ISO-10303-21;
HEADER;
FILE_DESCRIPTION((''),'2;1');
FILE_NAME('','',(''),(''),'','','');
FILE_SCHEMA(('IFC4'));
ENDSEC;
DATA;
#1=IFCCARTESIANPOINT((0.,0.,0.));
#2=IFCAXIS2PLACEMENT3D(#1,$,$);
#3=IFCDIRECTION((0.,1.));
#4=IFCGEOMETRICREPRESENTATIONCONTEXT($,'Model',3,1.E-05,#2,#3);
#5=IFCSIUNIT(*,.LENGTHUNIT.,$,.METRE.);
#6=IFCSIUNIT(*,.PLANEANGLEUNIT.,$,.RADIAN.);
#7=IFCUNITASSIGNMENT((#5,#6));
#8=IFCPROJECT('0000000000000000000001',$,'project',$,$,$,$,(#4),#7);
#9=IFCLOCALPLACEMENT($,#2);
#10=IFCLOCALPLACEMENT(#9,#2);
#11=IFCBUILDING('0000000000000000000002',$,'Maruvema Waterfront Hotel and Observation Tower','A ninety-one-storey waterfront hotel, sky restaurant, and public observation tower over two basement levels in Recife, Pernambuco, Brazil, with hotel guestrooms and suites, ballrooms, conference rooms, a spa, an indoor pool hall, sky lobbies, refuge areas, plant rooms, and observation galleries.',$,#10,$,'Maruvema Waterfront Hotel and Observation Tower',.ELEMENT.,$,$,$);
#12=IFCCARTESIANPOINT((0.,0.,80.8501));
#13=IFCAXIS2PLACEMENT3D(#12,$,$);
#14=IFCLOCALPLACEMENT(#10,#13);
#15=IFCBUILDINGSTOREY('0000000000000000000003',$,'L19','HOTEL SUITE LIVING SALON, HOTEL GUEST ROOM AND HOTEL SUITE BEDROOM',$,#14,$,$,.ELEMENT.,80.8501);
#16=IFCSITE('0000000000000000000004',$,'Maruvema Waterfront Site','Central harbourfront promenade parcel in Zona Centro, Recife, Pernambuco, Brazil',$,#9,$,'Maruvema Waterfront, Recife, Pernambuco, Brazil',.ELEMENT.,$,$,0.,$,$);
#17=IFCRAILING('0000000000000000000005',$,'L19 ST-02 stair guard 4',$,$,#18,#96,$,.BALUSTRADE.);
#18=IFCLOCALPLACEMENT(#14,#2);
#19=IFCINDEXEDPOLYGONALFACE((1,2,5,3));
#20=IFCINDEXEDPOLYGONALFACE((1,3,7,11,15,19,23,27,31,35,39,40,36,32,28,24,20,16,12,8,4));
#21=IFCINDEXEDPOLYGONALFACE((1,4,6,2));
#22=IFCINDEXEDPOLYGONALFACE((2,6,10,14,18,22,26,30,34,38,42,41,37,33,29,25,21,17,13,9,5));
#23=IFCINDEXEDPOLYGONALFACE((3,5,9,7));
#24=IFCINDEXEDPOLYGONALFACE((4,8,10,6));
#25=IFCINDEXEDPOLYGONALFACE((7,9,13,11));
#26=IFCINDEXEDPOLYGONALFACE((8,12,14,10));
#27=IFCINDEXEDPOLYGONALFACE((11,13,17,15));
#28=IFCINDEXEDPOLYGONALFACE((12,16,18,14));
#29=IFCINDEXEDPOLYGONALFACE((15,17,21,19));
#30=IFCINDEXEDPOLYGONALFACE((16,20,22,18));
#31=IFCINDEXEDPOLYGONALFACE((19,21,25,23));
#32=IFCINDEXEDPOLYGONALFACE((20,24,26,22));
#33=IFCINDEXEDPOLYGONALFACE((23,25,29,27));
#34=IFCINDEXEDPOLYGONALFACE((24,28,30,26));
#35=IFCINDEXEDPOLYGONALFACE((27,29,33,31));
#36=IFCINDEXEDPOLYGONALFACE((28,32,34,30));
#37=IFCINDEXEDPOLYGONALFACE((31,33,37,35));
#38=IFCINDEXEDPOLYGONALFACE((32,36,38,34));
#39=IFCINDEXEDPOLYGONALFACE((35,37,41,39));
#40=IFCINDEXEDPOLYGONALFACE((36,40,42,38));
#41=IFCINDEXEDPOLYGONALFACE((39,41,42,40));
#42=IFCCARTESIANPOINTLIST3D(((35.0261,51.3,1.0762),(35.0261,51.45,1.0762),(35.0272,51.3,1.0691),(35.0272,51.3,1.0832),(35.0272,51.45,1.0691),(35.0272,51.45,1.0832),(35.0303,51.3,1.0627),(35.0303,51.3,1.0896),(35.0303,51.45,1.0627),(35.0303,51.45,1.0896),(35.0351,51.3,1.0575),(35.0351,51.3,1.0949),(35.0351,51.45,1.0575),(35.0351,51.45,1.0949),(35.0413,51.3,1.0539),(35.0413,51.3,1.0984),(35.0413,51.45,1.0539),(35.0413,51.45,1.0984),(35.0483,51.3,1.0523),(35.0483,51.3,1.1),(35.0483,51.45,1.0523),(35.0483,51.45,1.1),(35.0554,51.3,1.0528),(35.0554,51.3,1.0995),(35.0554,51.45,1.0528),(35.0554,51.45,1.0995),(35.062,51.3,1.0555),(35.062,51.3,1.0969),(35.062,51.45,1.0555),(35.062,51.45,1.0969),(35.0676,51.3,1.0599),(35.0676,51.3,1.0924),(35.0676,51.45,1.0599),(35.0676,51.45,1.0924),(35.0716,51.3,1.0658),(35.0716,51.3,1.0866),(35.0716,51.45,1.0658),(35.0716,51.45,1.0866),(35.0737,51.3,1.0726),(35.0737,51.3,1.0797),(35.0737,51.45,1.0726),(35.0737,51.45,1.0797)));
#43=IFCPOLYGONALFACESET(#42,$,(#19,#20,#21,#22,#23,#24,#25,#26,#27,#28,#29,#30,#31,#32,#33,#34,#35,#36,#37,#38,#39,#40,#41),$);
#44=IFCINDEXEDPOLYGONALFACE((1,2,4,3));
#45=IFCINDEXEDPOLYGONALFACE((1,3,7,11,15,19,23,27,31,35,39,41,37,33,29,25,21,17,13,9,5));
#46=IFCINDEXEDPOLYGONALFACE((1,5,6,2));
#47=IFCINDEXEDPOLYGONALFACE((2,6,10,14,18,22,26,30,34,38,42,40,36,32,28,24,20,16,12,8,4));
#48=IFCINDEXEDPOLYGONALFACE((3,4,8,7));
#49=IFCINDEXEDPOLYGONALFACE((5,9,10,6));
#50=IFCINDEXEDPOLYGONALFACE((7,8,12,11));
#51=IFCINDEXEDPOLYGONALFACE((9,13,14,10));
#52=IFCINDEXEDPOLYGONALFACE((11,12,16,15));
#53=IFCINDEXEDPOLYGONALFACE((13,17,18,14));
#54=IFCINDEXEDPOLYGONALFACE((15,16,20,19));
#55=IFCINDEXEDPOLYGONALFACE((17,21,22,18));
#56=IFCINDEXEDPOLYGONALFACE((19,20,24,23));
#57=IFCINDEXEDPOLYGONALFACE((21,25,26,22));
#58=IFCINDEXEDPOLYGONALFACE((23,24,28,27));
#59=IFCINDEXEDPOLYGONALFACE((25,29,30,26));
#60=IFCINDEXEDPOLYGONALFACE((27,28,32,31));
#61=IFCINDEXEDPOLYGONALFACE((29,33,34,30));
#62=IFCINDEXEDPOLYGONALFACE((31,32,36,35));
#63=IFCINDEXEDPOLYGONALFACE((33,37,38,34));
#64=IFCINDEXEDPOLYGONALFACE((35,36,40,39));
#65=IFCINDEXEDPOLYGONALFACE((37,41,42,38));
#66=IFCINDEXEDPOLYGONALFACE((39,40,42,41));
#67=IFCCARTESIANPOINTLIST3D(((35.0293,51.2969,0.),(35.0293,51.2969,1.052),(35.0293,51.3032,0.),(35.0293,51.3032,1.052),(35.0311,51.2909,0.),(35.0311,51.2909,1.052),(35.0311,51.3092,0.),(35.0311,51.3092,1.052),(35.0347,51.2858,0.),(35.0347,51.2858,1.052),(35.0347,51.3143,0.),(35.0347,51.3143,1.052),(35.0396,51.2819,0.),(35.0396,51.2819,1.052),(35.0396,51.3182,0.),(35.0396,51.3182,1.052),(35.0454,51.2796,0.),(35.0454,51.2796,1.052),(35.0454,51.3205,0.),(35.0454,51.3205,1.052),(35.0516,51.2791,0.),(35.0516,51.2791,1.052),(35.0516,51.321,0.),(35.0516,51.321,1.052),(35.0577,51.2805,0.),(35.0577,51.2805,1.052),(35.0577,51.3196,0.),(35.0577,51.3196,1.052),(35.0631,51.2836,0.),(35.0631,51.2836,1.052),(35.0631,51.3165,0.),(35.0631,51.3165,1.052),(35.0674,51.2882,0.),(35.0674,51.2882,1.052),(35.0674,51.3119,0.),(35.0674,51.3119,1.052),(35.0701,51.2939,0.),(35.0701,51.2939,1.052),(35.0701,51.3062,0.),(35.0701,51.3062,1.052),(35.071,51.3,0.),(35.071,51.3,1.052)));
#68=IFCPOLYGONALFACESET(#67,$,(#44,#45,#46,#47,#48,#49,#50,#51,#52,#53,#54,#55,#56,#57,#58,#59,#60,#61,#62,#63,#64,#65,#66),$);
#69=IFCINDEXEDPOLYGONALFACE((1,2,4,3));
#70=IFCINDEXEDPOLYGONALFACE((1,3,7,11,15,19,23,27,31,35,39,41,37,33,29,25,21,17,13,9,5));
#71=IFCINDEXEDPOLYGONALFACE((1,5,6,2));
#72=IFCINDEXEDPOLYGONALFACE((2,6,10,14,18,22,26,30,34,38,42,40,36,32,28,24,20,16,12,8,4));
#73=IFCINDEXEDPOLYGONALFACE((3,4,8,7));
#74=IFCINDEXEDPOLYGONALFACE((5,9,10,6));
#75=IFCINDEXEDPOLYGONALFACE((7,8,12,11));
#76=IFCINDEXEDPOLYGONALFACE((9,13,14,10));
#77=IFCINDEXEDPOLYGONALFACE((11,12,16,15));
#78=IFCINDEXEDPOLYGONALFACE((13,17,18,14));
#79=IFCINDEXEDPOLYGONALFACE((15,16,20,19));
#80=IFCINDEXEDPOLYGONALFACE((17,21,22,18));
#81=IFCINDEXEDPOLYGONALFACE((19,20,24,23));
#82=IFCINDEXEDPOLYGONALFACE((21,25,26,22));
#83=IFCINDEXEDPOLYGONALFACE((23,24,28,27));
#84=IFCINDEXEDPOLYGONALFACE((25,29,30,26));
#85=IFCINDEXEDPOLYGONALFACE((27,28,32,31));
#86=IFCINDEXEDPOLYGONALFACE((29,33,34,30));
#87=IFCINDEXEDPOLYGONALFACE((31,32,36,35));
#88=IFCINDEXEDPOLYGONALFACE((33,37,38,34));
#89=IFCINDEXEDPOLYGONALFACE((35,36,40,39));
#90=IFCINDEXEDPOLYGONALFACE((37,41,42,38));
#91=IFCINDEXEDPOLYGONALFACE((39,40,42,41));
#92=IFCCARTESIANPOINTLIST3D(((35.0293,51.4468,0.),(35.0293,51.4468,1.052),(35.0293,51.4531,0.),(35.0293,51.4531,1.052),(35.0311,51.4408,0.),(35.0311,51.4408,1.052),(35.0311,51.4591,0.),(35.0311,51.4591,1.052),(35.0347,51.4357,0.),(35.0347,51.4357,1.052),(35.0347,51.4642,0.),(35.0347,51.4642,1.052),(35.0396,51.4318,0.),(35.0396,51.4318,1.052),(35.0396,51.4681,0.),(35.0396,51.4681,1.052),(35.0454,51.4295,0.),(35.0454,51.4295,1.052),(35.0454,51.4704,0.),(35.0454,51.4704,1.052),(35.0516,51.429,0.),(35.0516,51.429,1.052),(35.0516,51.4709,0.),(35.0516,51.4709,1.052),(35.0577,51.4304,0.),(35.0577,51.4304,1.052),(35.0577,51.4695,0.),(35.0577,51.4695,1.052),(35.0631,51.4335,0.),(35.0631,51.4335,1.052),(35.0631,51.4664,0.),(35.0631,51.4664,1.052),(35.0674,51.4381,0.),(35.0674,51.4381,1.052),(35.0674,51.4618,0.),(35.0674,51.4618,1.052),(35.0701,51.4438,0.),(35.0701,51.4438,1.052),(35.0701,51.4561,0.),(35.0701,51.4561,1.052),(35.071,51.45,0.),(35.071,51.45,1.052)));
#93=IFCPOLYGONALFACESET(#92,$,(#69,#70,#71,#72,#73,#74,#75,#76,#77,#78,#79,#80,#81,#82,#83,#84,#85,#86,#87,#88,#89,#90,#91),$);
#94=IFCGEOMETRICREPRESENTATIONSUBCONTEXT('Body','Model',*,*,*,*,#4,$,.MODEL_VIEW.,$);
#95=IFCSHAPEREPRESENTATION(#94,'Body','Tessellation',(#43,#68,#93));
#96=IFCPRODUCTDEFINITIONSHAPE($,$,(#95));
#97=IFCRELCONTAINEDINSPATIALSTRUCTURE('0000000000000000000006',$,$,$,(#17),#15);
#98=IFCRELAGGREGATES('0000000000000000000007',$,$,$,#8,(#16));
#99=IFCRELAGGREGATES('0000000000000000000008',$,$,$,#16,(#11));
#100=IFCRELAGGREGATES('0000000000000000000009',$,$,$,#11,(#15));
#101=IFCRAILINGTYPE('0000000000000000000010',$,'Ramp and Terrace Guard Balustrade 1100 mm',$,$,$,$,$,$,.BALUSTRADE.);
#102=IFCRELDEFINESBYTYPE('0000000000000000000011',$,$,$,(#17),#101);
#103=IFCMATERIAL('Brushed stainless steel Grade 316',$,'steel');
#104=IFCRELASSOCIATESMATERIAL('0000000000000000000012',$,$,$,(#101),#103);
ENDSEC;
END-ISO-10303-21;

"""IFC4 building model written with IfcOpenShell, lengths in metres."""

from ifc_helpers import new_model, si_unit, direction, frame, origin, origin_2d, place, context, subcontext, project, spatial, circle, extrude, material, type_object, element, save


model = new_model("IFC4")

# Units and contexts
model_context = context("Model", 3, precision=1e-05, world=origin(), true_north=direction((0.0, 1.0)))
body_context = subcontext(model_context, "Body", "Model", "MODEL_VIEW")
ifc_project = project(units=[si_unit("LENGTHUNIT", "METRE"), si_unit("PLANEANGLEUNIT", "RADIAN")], contexts=[model_context])

# Site, building, storey
site_placement = place(None, origin())
site = spatial("IfcSite", under=ifc_project, at=site_placement, Name="Maruvema Waterfront Site", Description="Central harbourfront promenade parcel in Zona Centro, Recife, Pernambuco, Brazil", LongName="Maruvema Waterfront, Recife, Pernambuco, Brazil", CompositionType="ELEMENT", RefElevation=0.0)
building_placement = place(site_placement, origin())
building = spatial("IfcBuilding", under=site, at=building_placement, Name="Maruvema Waterfront Hotel and Observation Tower", Description="A ninety-one-storey waterfront hotel, sky restaurant, and public observation tower over two basement levels in Recife, Pernambuco, Brazil, with hotel guestrooms and suites, ballrooms, conference rooms, a spa, an indoor pool hall, sky lobbies, refuge areas, plant rooms, and observation galleries.", LongName="Maruvema Waterfront Hotel and Observation Tower", CompositionType="ELEMENT")
storey_placement = place(building_placement, frame((0.0, 0.0, 80.8501)))
storey = spatial("IfcBuildingStorey", under=building, at=storey_placement, Name="L19", Description="HOTEL SUITE LIVING SALON, HOTEL GUEST ROOM AND HOTEL SUITE BEDROOM", CompositionType="ELEMENT", Elevation=80.8501)

# Railing
ifc_material_1 = material(Name="Brushed stainless steel Grade 316", Category="steel")
railing_type = type_object("IfcRailingType", Name="Ramp and Terrace Guard Balustrade 1100 mm", PredefinedType="BALUSTRADE", material=ifc_material_1)
railing_placement = place(storey_placement, frame((35.05, 51.3, 0.0)))
element("IfcRailing", 1, at=railing_placement, inside=storey, type_object=railing_type, Name="L19 ST-02 stair guard 4", PredefinedType="BALUSTRADE", context=body_context, shape_type="SweptSolid", body=[
    extrude(circle(Radius=0.0239, at=origin_2d()), frame((0.0, 0.0, 1.0762), z_axis=(0.0, 1.0, 0.0), x_axis=(-1.0, 0.0, 0.0)), (0.0, 0.0, 1.0), 0.1499),
    extrude(circle(Radius=0.021, at=origin_2d()), origin(), (0.0, 0.0, 1.0), 1.052),
    extrude(circle(Radius=0.021, at=origin_2d()), frame((0.0, 0.1499, 0.0)), (0.0, 0.0, 1.0), 1.052),
])

save(model, "model.ifc")
